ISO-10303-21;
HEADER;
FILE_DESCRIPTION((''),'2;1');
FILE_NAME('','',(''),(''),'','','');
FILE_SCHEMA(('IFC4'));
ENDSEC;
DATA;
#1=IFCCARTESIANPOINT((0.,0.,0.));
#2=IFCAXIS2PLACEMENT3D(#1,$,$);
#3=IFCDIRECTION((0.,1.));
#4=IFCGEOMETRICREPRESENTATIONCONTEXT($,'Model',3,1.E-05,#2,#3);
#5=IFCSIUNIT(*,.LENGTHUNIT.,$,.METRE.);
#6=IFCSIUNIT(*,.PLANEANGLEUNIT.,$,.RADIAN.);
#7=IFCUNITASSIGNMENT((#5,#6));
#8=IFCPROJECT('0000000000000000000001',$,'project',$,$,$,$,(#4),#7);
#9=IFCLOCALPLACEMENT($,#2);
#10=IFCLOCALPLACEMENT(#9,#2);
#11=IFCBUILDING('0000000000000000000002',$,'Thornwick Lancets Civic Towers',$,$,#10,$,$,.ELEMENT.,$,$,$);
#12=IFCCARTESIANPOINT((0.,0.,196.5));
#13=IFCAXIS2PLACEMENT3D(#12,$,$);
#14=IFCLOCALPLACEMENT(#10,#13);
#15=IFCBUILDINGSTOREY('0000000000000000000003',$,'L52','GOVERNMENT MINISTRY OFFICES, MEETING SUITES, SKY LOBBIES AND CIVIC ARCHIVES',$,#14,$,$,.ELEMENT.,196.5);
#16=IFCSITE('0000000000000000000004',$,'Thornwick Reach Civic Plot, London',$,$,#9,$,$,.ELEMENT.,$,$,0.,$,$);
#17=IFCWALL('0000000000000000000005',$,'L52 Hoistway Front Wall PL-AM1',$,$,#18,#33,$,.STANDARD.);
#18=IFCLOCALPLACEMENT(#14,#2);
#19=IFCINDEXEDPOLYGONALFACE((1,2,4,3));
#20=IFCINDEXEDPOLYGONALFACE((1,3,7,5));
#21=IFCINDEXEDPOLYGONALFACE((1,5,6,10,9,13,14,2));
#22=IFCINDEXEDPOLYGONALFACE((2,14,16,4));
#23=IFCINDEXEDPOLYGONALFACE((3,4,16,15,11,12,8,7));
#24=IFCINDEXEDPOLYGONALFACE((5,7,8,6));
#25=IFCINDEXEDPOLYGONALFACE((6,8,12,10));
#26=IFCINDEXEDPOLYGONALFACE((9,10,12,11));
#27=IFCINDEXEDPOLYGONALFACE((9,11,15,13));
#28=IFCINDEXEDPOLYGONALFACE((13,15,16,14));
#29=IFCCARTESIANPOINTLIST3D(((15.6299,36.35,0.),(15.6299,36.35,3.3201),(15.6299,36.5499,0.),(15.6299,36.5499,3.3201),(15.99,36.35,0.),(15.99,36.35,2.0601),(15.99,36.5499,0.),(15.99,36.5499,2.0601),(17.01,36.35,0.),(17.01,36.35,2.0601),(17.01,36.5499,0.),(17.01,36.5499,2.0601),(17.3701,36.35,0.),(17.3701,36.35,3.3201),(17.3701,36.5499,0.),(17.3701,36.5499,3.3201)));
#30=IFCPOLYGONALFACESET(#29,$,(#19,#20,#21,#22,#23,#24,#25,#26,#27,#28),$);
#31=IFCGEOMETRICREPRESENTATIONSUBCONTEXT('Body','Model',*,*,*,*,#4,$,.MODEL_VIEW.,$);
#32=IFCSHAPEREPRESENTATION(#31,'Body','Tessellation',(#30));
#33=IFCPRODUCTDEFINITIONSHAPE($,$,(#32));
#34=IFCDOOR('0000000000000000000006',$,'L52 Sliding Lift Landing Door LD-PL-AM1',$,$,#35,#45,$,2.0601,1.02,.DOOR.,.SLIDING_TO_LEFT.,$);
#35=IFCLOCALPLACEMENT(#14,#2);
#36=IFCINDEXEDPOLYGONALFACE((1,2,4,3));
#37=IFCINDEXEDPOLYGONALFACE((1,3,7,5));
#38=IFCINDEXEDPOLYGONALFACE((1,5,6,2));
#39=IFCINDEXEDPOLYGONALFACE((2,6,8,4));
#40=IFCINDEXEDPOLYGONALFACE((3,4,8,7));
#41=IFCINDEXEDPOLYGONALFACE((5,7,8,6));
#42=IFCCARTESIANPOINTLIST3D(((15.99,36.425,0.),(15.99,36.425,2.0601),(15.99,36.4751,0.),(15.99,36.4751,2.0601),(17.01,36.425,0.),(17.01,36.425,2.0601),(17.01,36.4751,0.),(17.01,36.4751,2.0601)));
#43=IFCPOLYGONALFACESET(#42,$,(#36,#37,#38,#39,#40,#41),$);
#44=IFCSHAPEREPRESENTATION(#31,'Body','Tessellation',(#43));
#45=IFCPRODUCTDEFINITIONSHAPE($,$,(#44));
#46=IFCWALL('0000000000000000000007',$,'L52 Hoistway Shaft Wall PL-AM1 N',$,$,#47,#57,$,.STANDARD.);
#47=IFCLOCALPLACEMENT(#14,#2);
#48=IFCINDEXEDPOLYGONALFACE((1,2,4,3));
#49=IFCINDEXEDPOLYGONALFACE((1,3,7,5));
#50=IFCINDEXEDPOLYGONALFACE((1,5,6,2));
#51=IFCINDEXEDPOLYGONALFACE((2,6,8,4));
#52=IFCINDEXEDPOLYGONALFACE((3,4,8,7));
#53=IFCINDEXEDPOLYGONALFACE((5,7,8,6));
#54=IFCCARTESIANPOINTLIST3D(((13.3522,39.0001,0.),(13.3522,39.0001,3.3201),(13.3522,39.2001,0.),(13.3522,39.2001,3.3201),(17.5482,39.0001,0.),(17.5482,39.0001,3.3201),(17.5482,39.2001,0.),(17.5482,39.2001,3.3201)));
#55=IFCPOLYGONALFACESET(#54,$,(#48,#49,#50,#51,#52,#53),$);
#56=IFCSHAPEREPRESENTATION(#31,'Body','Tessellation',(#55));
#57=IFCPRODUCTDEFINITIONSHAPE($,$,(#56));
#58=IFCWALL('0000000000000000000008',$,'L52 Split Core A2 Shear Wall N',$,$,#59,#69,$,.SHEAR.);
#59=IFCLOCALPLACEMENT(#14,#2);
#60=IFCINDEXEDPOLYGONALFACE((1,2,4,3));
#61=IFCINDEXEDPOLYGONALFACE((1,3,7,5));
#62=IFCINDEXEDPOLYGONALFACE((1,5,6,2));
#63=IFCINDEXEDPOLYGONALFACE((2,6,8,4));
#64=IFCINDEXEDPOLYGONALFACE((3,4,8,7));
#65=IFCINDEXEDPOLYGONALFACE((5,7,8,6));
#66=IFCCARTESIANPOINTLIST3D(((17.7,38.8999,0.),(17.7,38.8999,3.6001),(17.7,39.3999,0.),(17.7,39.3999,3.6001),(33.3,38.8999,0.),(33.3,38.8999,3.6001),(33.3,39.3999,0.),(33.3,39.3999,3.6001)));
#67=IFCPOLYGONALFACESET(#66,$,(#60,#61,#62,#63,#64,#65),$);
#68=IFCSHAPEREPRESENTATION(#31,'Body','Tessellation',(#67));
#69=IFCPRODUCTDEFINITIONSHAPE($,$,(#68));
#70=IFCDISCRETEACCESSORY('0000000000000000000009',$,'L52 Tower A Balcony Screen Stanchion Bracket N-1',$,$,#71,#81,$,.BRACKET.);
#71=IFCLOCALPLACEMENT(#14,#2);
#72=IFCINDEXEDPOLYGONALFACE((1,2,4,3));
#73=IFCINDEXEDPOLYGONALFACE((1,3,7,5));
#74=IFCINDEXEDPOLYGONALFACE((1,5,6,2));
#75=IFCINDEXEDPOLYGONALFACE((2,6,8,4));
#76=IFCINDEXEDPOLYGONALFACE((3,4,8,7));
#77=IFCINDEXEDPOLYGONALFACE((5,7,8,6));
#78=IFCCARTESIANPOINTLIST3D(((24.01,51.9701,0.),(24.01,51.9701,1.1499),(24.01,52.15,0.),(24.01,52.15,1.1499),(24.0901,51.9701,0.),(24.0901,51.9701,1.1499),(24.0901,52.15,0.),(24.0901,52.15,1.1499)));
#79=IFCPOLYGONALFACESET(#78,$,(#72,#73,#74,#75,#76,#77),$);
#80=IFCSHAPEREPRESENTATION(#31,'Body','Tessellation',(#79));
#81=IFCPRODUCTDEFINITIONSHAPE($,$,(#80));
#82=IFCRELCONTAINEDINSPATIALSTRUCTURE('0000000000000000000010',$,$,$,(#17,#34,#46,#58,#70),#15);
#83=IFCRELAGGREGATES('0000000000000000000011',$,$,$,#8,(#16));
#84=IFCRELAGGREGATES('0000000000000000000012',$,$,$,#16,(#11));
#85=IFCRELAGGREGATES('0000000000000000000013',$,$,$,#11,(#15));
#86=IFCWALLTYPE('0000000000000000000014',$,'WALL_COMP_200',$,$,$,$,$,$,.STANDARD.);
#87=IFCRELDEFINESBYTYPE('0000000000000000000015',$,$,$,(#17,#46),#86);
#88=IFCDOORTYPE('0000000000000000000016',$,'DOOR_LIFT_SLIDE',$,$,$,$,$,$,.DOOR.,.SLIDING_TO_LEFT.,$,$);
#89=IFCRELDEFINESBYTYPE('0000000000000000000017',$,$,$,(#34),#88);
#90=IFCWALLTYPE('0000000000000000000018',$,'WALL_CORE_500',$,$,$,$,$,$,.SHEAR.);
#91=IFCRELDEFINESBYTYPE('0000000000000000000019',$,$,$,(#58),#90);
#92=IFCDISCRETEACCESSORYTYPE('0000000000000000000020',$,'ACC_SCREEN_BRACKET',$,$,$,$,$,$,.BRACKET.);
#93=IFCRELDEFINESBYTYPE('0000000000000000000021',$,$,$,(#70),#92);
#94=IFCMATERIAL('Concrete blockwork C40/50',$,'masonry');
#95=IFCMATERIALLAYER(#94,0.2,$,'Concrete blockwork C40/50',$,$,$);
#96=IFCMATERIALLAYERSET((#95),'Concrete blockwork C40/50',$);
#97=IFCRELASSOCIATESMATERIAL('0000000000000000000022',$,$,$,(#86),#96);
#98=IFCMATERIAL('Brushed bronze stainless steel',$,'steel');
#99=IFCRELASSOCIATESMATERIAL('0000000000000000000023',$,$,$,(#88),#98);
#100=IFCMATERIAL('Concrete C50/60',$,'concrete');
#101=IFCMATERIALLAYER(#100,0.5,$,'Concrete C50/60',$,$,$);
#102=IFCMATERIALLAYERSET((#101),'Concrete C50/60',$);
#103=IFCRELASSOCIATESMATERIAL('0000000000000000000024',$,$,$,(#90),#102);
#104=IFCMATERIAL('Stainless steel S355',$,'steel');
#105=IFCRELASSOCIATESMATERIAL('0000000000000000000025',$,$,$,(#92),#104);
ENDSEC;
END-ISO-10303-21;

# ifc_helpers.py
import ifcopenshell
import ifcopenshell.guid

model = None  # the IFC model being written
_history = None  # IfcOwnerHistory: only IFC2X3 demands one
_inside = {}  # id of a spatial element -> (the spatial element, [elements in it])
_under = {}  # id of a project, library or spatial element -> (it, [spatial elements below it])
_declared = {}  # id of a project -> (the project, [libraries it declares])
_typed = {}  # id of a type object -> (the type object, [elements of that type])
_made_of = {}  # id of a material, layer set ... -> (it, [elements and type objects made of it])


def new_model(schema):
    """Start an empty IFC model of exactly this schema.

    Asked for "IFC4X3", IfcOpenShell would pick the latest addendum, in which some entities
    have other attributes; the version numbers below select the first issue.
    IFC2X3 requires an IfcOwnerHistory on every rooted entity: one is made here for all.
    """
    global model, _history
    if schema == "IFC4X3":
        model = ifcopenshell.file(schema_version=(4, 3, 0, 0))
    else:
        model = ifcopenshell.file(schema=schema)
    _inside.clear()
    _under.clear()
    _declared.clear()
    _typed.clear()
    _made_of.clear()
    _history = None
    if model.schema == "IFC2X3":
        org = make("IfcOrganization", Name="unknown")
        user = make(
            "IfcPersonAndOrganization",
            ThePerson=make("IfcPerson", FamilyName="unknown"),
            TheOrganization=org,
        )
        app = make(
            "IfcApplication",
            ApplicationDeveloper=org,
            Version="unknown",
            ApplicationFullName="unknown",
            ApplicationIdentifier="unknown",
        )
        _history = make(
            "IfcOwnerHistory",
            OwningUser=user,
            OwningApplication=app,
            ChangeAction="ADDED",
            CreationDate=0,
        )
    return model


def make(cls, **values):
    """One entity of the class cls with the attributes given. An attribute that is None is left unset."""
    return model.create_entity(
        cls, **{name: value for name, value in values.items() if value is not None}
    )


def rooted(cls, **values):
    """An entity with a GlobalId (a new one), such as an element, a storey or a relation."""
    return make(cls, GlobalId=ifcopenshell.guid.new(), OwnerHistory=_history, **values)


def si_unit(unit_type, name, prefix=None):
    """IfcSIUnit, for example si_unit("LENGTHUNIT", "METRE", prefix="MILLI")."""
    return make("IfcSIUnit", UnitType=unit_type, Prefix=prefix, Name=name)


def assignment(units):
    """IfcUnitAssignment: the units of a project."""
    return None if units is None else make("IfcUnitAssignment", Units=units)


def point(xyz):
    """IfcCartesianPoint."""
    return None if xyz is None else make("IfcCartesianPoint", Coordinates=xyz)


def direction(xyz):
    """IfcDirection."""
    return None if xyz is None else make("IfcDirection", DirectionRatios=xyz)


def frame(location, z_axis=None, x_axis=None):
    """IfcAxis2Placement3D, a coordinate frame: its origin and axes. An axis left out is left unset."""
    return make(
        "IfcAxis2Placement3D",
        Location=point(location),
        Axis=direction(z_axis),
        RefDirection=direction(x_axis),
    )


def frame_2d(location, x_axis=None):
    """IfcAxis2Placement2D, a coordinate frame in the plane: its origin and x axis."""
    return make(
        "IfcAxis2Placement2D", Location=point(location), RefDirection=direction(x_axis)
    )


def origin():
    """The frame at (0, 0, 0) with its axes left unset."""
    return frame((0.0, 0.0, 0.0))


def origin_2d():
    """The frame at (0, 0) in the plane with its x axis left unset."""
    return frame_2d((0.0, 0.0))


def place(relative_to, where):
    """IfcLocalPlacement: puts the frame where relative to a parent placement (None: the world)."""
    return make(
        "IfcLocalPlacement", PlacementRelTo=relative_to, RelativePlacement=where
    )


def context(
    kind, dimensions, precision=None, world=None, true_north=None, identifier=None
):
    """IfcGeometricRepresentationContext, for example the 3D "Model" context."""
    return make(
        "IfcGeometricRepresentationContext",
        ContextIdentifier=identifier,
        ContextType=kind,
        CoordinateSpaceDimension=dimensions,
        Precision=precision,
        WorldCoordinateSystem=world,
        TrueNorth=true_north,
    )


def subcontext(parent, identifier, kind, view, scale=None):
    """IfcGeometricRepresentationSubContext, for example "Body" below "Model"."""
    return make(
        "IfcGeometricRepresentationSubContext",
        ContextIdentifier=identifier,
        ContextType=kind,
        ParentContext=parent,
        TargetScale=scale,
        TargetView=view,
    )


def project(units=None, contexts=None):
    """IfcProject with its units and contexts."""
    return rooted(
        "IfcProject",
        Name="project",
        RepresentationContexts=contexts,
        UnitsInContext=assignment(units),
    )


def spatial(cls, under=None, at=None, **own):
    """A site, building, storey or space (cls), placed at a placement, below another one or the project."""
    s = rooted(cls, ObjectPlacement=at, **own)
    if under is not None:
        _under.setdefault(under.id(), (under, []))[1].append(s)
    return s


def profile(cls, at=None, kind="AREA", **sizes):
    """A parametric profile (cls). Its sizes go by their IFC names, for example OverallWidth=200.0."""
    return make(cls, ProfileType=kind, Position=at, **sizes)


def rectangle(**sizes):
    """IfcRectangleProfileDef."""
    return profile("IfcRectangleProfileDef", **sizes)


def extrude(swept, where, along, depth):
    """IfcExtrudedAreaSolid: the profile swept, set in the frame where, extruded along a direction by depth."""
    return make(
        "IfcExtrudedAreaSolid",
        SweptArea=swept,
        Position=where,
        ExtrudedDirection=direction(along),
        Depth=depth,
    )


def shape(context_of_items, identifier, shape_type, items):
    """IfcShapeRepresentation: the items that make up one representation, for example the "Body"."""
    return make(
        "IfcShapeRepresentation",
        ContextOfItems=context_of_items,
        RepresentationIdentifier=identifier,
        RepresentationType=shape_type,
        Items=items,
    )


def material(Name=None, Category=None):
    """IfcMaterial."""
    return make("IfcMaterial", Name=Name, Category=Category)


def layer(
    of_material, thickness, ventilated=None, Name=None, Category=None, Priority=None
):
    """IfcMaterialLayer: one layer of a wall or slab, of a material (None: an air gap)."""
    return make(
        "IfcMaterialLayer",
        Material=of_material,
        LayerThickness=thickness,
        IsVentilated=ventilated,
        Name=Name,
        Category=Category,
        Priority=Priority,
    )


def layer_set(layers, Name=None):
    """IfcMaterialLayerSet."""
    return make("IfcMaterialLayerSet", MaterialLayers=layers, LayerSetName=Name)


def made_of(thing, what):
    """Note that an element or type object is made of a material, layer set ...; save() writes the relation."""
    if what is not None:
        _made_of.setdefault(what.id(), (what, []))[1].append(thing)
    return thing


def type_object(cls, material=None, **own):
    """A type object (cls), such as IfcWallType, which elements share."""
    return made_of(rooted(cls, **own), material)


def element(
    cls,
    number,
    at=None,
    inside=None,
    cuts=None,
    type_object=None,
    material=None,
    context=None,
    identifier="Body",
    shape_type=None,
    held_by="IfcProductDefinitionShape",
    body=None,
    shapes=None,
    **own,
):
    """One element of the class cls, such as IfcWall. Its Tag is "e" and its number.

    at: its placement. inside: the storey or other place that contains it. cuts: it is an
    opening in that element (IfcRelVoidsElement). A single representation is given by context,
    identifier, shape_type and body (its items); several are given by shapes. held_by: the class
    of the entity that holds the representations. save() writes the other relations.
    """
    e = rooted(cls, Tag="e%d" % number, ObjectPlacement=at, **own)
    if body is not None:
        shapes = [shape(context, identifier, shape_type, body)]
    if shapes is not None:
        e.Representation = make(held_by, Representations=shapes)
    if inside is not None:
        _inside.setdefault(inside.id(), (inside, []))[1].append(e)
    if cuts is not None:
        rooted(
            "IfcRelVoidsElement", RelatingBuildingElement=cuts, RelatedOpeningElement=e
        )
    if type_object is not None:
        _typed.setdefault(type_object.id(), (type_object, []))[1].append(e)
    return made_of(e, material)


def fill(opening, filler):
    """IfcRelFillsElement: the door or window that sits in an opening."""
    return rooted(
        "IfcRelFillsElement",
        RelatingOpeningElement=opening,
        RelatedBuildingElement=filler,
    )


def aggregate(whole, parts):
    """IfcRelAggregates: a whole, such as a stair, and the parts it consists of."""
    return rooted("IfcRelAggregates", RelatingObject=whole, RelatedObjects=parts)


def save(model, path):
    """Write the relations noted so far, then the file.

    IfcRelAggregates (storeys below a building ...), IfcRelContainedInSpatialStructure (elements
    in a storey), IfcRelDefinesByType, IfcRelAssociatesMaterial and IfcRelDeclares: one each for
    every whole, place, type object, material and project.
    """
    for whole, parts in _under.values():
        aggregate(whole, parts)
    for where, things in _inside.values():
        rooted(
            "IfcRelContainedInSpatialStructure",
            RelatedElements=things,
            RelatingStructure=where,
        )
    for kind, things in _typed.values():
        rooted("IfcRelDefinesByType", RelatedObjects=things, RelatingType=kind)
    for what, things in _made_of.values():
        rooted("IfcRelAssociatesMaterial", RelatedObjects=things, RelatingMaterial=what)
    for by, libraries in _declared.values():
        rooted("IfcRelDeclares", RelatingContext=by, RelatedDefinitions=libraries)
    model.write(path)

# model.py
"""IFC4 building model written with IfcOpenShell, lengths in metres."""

from ifc_helpers import new_model, si_unit, direction, frame, frame_2d, origin, origin_2d, place, context, subcontext, project, spatial, rectangle, extrude, material, layer, layer_set, type_object, element, fill, save


model = new_model("IFC4")

# Units and contexts
model_context = context("Model", 3, precision=1e-05, world=origin(), true_north=direction((0.0, 1.0)))
body_context = subcontext(model_context, "Body", "Model", "MODEL_VIEW")
ifc_project = project(units=[si_unit("LENGTHUNIT", "METRE"), si_unit("PLANEANGLEUNIT", "RADIAN")], contexts=[model_context])

# Site, building, storey
site_placement = place(None, origin())
site = spatial("IfcSite", under=ifc_project, at=site_placement, Name="Thornwick Reach Civic Plot, London", CompositionType="ELEMENT", RefElevation=0.0)
building_placement = place(site_placement, origin())
building = spatial("IfcBuilding", under=site, at=building_placement, Name="Thornwick Lancets Civic Towers", CompositionType="ELEMENT")
storey_placement = place(building_placement, frame((0.0, 0.0, 196.5)))
storey = spatial("IfcBuildingStorey", under=building, at=storey_placement, Name="L52", Description="GOVERNMENT MINISTRY OFFICES, MEETING SUITES, SKY LOBBIES AND CIVIC ARCHIVES", CompositionType="ELEMENT", Elevation=196.5)

# Shared definitions
ifc_material_1 = material(Name="Concrete C50/60", Category="concrete")

# Wall, opening, door
ifc_material_2 = material(Name="Concrete blockwork C40/50", Category="masonry")
ifc_layer_1 = layer(ifc_material_2, 0.2, Name="Concrete blockwork C40/50")
ifc_layer_set_1 = layer_set([ifc_layer_1], Name="Concrete blockwork C40/50")
wall_type_1 = type_object("IfcWallType", Name="WALL_COMP_200", PredefinedType="STANDARD", material=ifc_layer_set_1)
ifc_material_3 = material(Name="Brushed bronze stainless steel", Category="steel")
door_type = type_object("IfcDoorType", Name="DOOR_LIFT_SLIDE", OperationType="SLIDING_TO_LEFT", PredefinedType="DOOR", material=ifc_material_3)
wall_1_placement = place(storey_placement, frame((17.3701, 36.45, 0.0), z_axis=(0.0, 0.0, 1.0), x_axis=(-1.0, 0.0, 0.0)))
wall_1 = element("IfcWall", 1, at=wall_1_placement, inside=storey, type_object=wall_type_1, Name="L52 Hoistway Front Wall PL-AM1", PredefinedType="STANDARD", context=body_context, shape_type="SweptSolid", body=[
    extrude(rectangle(XDim=1.7402, YDim=0.2, at=frame_2d((0.8701, 0.0))), origin(), (0.0, 0.0, 1.0), 3.3201),
])
opening_1_placement = place(wall_1_placement, frame((0.3601, 0.0, 0.0)))
opening_1 = element("IfcOpeningElement", 2, at=opening_1_placement, cuts=wall_1, PredefinedType="OPENING", context=body_context, shape_type="SweptSolid", body=[
    extrude(rectangle(XDim=1.02, YDim=2.0601, at=frame_2d((0.51, 1.03))), frame((0.0, 0.1099, 0.0), z_axis=(0.0, -1.0, 0.0), x_axis=(1.0, 0.0, 0.0)), (0.0, 0.0, 1.0), 0.22),
])
door_1_placement = place(opening_1_placement, origin())
door_1 = element("IfcDoor", 3, at=door_1_placement, inside=storey, type_object=door_type, Name="L52 Sliding Lift Landing Door LD-PL-AM1", OperationType="SLIDING_TO_LEFT", OverallHeight=2.0601, OverallWidth=1.02, PredefinedType="DOOR", context=body_context, shape_type="SweptSolid", body=[
    extrude(rectangle(XDim=1.02, YDim=2.0601, at=frame_2d((0.51, 1.03))), frame((0.0, 0.0249, 0.0), z_axis=(0.0, -1.0, 0.0), x_axis=(1.0, 0.0, 0.0)), (0.0, 0.0, 1.0), 0.05),
])
fill(opening_1, door_1)

# Walls
wall_2_placement = place(storey_placement, frame((13.3521, 39.1001, 0.0), z_axis=(0.0, 0.0, 1.0), x_axis=(1.0, 0.0, 0.0)))
element("IfcWall", 4, at=wall_2_placement, inside=storey, type_object=wall_type_1, Name="L52 Hoistway Shaft Wall PL-AM1 N", PredefinedType="STANDARD", context=body_context, shape_type="SweptSolid", body=[
    extrude(rectangle(XDim=4.196, YDim=0.2, at=frame_2d((2.0981, 0.0))), origin(), (0.0, 0.0, 1.0), 3.3201),
])
ifc_layer_2 = layer(ifc_material_1, 0.5, Name="Concrete C50/60")
ifc_layer_set_2 = layer_set([ifc_layer_2], Name="Concrete C50/60")
wall_type_2 = type_object("IfcWallType", Name="WALL_CORE_500", PredefinedType="SHEAR", material=ifc_layer_set_2)
wall_3_placement = place(storey_placement, frame((17.7, 39.1499, 0.0), z_axis=(0.0, 0.0, 1.0), x_axis=(1.0, 0.0, 0.0)))
element("IfcWall", 5, at=wall_3_placement, inside=storey, type_object=wall_type_2, Name="L52 Split Core A2 Shear Wall N", PredefinedType="SHEAR", context=body_context, shape_type="SweptSolid", body=[
    extrude(rectangle(XDim=15.6001, YDim=0.5, at=frame_2d((7.8, 0.0))), origin(), (0.0, 0.0, 1.0), 3.6001),
])

# Discrete accessory
ifc_material_4 = material(Name="Stainless steel S355", Category="steel")
discrete_accessory_type = type_object("IfcDiscreteAccessoryType", Name="ACC_SCREEN_BRACKET", PredefinedType="BRACKET", material=ifc_material_4)
discrete_accessory_placement = place(storey_placement, frame((24.05, 52.0601, 0.0), z_axis=(0.0, 0.0, 1.0), x_axis=(1.0, 0.0, 0.0)))
element("IfcDiscreteAccessory", 6, at=discrete_accessory_placement, inside=storey, type_object=discrete_accessory_type, Name="L52 Tower A Balcony Screen Stanchion Bracket N-1", PredefinedType="BRACKET", context=body_context, shape_type="SweptSolid", body=[
    extrude(rectangle(XDim=0.0801, YDim=0.1799, at=origin_2d()), origin(), (0.0, 0.0, 1.0), 1.1499),
])

save(model, "model.ifc")
